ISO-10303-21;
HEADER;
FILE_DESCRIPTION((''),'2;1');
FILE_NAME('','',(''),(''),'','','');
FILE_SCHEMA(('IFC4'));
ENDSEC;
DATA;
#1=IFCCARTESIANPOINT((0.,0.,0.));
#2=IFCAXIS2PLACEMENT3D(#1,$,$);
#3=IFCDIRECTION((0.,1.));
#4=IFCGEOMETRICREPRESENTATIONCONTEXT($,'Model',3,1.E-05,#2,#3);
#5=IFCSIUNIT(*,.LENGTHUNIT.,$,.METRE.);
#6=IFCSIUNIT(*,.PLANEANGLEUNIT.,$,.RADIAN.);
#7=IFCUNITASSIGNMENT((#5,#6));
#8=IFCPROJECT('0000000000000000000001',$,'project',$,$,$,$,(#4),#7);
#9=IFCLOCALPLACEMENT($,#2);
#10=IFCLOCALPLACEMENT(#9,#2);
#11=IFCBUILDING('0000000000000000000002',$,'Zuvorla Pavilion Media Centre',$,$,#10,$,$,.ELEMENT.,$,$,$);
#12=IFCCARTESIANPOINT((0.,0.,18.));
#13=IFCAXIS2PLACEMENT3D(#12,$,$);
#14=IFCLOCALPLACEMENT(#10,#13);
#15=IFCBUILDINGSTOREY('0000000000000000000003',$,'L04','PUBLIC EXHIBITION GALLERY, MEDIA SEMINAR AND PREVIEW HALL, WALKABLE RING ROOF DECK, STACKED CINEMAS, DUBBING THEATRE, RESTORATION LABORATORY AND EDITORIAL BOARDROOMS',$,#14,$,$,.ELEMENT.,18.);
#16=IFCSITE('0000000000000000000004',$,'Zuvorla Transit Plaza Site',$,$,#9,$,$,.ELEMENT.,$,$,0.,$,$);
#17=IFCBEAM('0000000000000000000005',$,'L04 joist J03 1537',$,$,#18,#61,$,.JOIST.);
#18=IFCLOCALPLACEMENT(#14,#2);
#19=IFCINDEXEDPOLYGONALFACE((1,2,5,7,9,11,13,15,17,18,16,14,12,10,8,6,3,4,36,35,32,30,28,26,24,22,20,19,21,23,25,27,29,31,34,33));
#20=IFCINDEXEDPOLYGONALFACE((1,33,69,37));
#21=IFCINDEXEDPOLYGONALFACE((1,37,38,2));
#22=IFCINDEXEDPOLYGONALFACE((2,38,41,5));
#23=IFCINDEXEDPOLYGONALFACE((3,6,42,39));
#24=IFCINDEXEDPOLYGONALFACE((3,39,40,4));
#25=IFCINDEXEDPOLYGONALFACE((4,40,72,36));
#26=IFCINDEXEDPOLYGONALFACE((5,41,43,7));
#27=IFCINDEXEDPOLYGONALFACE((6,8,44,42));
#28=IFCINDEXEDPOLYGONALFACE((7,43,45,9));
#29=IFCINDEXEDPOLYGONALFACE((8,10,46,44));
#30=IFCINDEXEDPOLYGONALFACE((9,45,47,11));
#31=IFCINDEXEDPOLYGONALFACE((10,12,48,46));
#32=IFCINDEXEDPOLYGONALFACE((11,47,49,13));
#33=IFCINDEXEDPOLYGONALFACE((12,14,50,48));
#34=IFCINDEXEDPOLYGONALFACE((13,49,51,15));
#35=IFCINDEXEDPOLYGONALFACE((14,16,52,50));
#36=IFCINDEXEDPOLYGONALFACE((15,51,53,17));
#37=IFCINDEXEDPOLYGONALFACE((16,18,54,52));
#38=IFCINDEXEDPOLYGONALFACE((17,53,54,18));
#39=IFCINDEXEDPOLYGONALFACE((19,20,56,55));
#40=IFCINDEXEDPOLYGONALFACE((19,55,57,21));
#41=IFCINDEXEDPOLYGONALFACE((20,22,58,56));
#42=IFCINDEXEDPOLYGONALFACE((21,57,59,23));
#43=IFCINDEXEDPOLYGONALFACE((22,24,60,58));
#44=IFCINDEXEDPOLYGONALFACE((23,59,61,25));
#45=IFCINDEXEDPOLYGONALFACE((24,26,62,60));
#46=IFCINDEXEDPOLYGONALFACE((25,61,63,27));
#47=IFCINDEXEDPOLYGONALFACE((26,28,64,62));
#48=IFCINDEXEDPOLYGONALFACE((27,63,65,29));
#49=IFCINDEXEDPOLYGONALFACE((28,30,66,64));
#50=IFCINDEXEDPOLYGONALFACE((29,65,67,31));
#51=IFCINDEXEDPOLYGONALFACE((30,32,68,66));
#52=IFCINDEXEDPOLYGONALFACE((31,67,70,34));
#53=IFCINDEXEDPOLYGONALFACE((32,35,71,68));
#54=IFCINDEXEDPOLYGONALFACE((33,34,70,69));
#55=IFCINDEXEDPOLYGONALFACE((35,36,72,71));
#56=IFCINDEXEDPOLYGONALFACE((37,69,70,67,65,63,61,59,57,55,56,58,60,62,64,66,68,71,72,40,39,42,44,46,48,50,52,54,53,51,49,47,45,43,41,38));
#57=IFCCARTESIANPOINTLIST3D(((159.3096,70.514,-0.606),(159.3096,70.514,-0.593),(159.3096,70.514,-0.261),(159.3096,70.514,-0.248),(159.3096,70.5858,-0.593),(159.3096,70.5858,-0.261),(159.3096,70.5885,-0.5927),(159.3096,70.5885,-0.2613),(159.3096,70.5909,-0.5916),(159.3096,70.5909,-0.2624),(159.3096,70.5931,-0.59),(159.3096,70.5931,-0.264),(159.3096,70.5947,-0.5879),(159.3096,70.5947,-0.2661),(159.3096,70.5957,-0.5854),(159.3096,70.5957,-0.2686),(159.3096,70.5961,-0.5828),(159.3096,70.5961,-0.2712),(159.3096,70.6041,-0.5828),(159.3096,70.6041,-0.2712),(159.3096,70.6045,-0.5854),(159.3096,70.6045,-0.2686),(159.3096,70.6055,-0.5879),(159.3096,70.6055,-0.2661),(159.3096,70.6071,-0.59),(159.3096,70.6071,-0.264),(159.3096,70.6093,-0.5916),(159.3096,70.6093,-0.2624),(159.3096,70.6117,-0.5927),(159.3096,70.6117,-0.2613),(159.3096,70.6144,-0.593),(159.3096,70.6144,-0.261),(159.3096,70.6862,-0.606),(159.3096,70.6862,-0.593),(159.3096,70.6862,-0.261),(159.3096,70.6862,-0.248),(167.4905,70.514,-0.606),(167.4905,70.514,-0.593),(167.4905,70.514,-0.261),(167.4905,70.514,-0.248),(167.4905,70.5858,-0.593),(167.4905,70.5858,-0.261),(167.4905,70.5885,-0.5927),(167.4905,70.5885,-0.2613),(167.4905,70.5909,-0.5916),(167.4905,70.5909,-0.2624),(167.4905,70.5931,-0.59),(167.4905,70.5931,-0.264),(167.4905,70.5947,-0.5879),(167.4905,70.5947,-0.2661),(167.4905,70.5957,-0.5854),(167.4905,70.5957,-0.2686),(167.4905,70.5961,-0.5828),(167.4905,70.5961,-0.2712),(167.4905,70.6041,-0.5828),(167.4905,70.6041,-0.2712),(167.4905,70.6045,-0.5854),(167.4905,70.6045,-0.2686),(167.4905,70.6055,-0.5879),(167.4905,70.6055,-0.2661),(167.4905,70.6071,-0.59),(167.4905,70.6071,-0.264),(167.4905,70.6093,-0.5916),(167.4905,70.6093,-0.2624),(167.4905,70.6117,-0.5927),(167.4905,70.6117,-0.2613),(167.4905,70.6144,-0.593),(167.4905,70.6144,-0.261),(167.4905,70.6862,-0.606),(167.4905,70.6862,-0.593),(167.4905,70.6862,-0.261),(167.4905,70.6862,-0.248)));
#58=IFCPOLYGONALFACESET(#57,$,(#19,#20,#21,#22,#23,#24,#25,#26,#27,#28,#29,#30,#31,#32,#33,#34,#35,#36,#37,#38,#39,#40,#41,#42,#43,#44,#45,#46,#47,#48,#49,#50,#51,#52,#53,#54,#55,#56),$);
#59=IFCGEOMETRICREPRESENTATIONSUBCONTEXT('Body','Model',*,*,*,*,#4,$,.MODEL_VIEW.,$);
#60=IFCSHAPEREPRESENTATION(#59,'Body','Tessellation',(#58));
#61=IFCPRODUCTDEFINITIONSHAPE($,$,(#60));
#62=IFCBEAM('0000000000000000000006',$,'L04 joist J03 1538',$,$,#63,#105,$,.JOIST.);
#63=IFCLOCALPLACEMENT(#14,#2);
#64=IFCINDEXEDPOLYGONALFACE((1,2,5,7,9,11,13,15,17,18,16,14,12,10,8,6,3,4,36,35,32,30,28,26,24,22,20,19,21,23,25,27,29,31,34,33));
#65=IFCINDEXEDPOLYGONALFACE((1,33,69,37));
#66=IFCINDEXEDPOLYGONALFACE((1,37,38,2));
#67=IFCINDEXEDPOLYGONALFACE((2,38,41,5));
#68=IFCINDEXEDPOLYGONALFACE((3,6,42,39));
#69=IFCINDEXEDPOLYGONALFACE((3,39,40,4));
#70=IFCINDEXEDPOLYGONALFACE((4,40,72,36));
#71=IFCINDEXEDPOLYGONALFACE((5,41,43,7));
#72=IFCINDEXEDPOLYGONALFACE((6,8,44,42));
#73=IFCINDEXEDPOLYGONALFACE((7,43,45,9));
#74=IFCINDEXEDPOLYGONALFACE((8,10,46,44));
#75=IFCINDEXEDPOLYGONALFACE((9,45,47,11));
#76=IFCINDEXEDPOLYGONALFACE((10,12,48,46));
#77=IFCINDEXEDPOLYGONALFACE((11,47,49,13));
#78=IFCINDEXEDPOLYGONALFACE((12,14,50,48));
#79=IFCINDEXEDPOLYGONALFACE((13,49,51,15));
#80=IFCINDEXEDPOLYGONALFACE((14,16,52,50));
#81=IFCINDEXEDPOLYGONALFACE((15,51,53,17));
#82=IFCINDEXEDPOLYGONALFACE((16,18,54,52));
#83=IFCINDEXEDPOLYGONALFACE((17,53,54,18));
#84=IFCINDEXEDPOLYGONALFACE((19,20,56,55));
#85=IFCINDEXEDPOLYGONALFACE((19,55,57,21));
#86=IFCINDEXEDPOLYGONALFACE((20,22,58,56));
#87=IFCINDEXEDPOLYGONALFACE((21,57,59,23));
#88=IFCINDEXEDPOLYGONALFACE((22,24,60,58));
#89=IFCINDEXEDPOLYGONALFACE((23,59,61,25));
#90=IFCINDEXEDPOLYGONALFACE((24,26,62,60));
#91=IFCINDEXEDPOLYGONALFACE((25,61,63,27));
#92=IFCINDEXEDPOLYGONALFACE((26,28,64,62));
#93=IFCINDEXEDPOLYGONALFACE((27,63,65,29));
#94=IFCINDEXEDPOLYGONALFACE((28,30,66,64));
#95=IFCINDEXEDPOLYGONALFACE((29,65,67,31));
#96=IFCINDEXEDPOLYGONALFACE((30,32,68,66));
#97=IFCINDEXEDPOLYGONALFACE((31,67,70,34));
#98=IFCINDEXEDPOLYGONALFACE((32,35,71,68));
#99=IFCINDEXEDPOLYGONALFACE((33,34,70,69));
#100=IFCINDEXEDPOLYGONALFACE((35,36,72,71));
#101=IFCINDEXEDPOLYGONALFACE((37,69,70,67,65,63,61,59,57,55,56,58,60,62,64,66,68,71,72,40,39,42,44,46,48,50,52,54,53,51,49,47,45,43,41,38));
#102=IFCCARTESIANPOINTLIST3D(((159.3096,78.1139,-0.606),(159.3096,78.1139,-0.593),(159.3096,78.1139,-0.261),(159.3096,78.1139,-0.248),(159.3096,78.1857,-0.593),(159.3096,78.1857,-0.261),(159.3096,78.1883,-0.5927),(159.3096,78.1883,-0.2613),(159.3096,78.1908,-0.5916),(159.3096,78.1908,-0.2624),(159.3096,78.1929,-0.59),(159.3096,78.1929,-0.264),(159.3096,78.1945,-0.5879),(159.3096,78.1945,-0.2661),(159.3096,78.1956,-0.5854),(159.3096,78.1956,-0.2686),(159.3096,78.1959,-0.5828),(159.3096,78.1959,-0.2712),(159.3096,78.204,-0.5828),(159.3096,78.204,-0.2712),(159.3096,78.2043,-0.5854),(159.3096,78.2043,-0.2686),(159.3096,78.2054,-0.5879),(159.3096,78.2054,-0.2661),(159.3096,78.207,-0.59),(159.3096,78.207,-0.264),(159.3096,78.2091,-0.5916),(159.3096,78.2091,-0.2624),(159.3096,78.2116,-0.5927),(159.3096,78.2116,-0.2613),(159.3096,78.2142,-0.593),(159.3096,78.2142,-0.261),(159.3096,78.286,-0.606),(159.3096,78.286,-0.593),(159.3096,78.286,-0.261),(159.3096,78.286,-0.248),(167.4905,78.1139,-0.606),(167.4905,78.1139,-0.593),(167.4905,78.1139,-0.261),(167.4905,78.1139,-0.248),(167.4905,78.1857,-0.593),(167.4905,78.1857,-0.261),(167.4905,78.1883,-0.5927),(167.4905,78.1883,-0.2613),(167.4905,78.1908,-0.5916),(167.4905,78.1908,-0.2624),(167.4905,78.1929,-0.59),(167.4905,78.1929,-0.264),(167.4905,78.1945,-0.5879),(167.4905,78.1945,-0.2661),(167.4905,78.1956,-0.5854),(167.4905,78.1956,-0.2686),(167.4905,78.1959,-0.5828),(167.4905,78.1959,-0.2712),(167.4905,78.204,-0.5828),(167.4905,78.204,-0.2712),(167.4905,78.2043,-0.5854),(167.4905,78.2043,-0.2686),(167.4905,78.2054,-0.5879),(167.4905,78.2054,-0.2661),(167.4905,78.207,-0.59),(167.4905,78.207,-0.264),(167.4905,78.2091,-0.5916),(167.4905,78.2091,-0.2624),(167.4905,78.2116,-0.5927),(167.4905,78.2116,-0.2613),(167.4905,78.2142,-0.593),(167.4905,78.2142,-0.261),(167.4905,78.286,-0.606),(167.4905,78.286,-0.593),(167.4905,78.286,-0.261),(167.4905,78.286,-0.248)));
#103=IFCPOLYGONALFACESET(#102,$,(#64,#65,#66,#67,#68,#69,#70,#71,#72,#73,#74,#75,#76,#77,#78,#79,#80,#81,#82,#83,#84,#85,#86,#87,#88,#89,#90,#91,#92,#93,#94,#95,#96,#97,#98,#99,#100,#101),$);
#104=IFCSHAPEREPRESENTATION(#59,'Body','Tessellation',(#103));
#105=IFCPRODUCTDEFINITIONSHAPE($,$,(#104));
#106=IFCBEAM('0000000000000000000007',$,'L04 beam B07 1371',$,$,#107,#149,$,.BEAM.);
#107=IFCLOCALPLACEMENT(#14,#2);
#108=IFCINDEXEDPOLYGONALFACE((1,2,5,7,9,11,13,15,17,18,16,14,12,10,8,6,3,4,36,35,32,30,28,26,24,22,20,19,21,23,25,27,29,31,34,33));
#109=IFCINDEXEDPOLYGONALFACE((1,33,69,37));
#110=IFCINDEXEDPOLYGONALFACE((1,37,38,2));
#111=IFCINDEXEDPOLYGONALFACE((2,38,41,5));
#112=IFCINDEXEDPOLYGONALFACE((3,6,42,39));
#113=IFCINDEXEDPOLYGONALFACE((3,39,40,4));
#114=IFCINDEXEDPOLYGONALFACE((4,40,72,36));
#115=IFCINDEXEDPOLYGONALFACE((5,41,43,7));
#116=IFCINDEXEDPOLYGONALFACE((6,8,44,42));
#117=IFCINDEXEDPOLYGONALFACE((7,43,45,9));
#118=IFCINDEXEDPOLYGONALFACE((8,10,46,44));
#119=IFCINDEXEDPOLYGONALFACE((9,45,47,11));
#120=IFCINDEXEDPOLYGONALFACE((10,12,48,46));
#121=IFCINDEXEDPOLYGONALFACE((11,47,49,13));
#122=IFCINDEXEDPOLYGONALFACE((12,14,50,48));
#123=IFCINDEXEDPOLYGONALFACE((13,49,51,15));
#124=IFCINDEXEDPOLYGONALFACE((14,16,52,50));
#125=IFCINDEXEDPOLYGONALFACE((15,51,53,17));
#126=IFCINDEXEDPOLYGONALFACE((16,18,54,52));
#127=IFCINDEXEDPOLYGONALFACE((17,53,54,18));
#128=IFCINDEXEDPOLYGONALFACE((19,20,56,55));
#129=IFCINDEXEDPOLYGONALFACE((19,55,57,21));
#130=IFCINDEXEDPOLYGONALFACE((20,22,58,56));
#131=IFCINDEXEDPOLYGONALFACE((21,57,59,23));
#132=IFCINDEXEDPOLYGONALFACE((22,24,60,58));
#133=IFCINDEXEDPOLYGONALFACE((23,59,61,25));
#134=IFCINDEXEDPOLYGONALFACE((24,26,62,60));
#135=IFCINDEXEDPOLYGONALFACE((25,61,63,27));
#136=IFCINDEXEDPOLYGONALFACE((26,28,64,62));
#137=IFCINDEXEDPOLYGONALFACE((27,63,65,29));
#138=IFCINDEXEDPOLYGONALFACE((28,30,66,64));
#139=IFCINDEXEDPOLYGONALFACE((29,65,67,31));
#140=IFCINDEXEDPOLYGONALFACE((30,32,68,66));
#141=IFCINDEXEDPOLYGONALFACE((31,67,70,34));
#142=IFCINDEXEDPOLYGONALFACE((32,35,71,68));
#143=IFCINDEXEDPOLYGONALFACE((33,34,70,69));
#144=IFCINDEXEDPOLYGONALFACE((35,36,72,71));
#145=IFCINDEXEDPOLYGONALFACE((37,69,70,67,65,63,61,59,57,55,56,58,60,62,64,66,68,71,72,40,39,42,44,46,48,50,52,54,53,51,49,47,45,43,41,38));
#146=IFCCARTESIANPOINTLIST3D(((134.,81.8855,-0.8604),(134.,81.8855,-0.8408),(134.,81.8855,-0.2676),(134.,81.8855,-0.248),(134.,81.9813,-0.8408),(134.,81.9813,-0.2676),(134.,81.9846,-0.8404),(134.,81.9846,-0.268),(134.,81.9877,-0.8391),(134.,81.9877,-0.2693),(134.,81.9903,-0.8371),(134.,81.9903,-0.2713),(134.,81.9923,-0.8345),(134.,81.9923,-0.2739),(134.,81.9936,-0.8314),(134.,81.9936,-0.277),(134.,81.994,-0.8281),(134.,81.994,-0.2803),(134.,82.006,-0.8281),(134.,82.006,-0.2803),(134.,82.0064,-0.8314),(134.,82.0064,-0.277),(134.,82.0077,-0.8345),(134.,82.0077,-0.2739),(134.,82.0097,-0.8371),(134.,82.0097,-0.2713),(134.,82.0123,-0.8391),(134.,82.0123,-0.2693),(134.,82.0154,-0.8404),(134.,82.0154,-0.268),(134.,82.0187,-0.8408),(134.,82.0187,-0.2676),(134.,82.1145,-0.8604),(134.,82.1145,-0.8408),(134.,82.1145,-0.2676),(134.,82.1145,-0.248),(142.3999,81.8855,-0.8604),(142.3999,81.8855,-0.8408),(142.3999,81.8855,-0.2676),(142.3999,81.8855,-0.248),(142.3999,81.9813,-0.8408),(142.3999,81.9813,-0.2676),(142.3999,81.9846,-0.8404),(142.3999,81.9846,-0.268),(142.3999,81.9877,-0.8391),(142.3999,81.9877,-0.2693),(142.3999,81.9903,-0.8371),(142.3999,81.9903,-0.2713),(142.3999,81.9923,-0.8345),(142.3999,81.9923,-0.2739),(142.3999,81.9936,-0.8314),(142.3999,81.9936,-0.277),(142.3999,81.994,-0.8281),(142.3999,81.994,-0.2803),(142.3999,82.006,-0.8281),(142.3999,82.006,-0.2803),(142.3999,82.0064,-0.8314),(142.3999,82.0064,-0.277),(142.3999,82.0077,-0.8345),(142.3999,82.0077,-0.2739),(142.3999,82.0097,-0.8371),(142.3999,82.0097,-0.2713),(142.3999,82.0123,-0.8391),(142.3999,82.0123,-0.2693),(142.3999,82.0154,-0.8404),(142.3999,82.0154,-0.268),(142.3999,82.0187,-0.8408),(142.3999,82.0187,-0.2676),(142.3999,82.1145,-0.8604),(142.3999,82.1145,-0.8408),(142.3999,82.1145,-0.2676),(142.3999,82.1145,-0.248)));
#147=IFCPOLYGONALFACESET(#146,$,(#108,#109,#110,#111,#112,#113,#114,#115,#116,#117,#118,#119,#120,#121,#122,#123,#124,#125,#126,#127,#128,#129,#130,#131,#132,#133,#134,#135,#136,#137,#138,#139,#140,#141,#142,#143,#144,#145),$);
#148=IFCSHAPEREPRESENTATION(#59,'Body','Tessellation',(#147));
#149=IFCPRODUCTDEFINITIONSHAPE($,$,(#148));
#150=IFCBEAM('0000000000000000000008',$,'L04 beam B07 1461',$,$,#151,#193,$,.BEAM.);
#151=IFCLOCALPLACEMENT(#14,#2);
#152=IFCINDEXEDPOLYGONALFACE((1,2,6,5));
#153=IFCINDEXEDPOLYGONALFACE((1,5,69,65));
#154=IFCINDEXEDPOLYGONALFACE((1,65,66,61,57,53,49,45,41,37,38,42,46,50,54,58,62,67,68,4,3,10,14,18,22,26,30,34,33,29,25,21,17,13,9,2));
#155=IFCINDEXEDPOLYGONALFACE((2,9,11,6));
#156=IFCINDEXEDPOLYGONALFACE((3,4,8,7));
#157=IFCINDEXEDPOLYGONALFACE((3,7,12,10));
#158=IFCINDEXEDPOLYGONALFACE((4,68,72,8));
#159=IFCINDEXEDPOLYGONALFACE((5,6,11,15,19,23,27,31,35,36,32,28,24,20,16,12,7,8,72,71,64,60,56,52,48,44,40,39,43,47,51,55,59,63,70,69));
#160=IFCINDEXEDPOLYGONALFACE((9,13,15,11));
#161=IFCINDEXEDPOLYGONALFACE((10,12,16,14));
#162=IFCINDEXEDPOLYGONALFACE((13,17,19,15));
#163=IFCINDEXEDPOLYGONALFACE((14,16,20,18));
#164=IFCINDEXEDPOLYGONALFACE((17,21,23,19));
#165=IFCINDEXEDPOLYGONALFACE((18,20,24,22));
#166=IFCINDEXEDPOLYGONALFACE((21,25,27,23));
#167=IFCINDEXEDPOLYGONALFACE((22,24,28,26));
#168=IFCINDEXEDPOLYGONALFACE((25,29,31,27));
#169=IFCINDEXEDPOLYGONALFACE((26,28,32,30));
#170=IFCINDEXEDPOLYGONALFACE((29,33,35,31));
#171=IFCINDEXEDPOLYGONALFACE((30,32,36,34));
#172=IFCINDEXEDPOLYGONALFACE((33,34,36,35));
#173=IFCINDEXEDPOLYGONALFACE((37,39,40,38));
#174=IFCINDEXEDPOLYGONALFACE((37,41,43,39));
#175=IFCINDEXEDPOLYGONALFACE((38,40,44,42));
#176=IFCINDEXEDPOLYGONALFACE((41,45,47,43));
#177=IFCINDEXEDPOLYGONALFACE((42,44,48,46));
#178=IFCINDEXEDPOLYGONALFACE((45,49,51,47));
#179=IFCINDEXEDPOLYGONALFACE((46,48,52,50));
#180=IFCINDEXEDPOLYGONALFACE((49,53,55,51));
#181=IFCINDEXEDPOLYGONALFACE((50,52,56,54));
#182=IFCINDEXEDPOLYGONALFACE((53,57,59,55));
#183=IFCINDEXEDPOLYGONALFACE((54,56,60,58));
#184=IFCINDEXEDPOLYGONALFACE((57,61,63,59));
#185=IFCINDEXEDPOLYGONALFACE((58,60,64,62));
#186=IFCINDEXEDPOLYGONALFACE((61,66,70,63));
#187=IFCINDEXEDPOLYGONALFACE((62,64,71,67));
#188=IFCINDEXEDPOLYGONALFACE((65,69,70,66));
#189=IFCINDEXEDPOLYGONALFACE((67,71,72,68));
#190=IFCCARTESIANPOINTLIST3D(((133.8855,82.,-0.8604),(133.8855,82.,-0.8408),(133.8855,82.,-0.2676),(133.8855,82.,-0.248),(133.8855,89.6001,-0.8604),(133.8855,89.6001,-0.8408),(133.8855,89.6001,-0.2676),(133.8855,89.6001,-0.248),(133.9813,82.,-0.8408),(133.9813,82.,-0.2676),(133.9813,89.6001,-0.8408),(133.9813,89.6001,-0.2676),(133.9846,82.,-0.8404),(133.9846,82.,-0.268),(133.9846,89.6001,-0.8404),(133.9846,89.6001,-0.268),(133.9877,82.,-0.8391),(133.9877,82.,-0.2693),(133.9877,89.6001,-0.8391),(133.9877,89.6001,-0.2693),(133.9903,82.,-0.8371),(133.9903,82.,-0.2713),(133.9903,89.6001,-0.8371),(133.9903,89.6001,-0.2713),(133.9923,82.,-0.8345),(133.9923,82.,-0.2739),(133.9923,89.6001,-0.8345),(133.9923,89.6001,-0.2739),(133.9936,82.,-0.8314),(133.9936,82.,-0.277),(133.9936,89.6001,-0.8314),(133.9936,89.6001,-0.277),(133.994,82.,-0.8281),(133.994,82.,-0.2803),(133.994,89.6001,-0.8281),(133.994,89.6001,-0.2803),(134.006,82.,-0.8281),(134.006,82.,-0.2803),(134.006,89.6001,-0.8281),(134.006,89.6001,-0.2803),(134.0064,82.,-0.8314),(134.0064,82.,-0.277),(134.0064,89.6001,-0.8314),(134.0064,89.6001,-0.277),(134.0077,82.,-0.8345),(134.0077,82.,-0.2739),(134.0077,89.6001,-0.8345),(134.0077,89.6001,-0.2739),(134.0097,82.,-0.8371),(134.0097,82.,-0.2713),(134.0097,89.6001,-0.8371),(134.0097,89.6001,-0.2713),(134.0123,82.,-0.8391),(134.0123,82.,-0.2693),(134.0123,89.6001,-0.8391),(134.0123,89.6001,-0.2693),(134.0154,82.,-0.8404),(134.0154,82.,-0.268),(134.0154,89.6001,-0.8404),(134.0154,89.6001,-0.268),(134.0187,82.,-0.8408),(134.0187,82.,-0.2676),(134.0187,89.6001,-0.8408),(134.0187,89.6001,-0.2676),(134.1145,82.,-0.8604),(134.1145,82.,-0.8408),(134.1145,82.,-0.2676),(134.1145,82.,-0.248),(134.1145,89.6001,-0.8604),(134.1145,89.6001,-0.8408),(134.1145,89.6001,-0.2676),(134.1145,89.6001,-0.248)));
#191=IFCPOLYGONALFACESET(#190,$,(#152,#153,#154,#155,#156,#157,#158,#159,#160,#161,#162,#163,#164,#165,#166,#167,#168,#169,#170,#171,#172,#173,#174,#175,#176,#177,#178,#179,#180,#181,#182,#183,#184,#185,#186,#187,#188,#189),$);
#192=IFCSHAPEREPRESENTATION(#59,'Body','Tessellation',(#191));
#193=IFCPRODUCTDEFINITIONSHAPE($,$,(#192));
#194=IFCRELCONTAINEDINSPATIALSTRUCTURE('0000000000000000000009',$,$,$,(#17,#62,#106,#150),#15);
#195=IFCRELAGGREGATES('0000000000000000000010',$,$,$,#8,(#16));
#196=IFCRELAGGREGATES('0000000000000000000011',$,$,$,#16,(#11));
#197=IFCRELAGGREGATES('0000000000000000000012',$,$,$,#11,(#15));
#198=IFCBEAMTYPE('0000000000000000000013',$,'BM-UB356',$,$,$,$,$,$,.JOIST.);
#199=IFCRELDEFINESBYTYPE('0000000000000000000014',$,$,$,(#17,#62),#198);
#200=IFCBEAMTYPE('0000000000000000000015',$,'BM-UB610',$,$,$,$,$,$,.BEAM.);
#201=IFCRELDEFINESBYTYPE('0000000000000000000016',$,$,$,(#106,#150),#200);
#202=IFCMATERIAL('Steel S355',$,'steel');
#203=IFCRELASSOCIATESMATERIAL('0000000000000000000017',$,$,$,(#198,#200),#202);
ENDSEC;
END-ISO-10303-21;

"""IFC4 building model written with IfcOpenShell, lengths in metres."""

from ifc_helpers import new_model, si_unit, direction, frame, origin, origin_2d, place, context, subcontext, project, spatial, i_section, extrude, material, material_profile, profile_set, type_object, element, save


model = new_model("IFC4")

# Units and contexts
model_context = context("Model", 3, precision=1e-05, world=origin(), true_north=direction((0.0, 1.0)))
body_context = subcontext(model_context, "Body", "Model", "MODEL_VIEW")
ifc_project = project(units=[si_unit("LENGTHUNIT", "METRE"), si_unit("PLANEANGLEUNIT", "RADIAN")], contexts=[model_context])

# Site, building, storey
site_placement = place(None, origin())
site = spatial("IfcSite", under=ifc_project, at=site_placement, Name="Zuvorla Transit Plaza Site", CompositionType="ELEMENT", RefElevation=0.0)
building_placement = place(site_placement, origin())
building = spatial("IfcBuilding", under=site, at=building_placement, Name="Zuvorla Pavilion Media Centre", CompositionType="ELEMENT")
storey_placement = place(building_placement, frame((0.0, 0.0, 18.0)))
storey = spatial("IfcBuildingStorey", under=building, at=storey_placement, Name="L04", Description="PUBLIC EXHIBITION GALLERY, MEDIA SEMINAR AND PREVIEW HALL, WALKABLE RING ROOF DECK, STACKED CINEMAS, DUBBING THEATRE, RESTORATION LABORATORY AND EDITORIAL BOARDROOMS", CompositionType="ELEMENT", Elevation=18.0)

# Beams
ifc_material = material(Name="Steel S355", Category="steel")
ifc_material_profile_1 = material_profile(ifc_material, i_section(OverallWidth=0.1721, OverallDepth=0.3579, WebThickness=0.0081, FlangeThickness=0.0129, FilletRadius=0.0103, at=origin_2d()), Name="UB 356x171x57")
ifc_profile_set_1 = profile_set([ifc_material_profile_1], Name="Steel S355")
beam_type_1 = type_object("IfcBeamType", Name="BM-UB356", PredefinedType="JOIST", material=ifc_profile_set_1)
for number, where, z_axis, x_axis, name in (
    (1, (159.3096, 70.6001, -0.427), (1.0, 0.0, 0.0), (0.0, 1.0, 0.0), "L04 joist J03 1537"),
    (2, (159.3096, 78.2, -0.427), (1.0, 0.0, 0.0), (0.0, 1.0, 0.0), "L04 joist J03 1538"),
):
    element("IfcBeam", number, at=place(storey_placement, frame(where, z_axis=z_axis, x_axis=x_axis)), inside=storey, type_object=beam_type_1, Name=name, PredefinedType="JOIST", context=body_context, shape_type="SweptSolid", body=[
        extrude(i_section(OverallWidth=0.1721, OverallDepth=0.3579, WebThickness=0.0081, FlangeThickness=0.0129, FilletRadius=0.0103, at=origin_2d()), origin(), (0.0, 0.0, 1.0), 8.1809),
    ])
ifc_material_profile_2 = material_profile(ifc_material, i_section(OverallWidth=0.229, OverallDepth=0.6123, WebThickness=0.012, FlangeThickness=0.0195, FilletRadius=0.0127, at=origin_2d()), Name="UB 610x229x125")
ifc_profile_set_2 = profile_set([ifc_material_profile_2], Name="Steel S355")
beam_type_2 = type_object("IfcBeamType", Name="BM-UB610", PredefinedType="BEAM", material=ifc_profile_set_2)
beam_1_placement = place(storey_placement, frame((134.0, 82.0, -0.5542), z_axis=(1.0, 0.0, 0.0), x_axis=(0.0, 1.0, 0.0)))
element("IfcBeam", 3, at=beam_1_placement, inside=storey, type_object=beam_type_2, Name="L04 beam B07 1371", PredefinedType="BEAM", context=body_context, shape_type="SweptSolid", body=[
    extrude(i_section(OverallWidth=0.229, OverallDepth=0.6123, WebThickness=0.012, FlangeThickness=0.0195, FilletRadius=0.0127, at=origin_2d()), origin(), (0.0, 0.0, 1.0), 8.3999),
])
for number, where, z_axis, x_axis, name in (
    (4, (134.0, 82.0, -0.5542), (0.0, 1.0, 0.0), (-1.0, 0.0, 0.0), "L04 beam B07 1461"),
):
    element("IfcBeam", number, at=place(storey_placement, frame(where, z_axis=z_axis, x_axis=x_axis)), inside=storey, type_object=beam_type_2, Name=name, PredefinedType="BEAM", context=body_context, shape_type="SweptSolid", body=[
        extrude(i_section(OverallWidth=0.229, OverallDepth=0.6123, WebThickness=0.012, FlangeThickness=0.0195, FilletRadius=0.0127, at=origin_2d()), origin(), (0.0, 0.0, 1.0), 7.6001),
    ])

save(model, "model.ifc")
